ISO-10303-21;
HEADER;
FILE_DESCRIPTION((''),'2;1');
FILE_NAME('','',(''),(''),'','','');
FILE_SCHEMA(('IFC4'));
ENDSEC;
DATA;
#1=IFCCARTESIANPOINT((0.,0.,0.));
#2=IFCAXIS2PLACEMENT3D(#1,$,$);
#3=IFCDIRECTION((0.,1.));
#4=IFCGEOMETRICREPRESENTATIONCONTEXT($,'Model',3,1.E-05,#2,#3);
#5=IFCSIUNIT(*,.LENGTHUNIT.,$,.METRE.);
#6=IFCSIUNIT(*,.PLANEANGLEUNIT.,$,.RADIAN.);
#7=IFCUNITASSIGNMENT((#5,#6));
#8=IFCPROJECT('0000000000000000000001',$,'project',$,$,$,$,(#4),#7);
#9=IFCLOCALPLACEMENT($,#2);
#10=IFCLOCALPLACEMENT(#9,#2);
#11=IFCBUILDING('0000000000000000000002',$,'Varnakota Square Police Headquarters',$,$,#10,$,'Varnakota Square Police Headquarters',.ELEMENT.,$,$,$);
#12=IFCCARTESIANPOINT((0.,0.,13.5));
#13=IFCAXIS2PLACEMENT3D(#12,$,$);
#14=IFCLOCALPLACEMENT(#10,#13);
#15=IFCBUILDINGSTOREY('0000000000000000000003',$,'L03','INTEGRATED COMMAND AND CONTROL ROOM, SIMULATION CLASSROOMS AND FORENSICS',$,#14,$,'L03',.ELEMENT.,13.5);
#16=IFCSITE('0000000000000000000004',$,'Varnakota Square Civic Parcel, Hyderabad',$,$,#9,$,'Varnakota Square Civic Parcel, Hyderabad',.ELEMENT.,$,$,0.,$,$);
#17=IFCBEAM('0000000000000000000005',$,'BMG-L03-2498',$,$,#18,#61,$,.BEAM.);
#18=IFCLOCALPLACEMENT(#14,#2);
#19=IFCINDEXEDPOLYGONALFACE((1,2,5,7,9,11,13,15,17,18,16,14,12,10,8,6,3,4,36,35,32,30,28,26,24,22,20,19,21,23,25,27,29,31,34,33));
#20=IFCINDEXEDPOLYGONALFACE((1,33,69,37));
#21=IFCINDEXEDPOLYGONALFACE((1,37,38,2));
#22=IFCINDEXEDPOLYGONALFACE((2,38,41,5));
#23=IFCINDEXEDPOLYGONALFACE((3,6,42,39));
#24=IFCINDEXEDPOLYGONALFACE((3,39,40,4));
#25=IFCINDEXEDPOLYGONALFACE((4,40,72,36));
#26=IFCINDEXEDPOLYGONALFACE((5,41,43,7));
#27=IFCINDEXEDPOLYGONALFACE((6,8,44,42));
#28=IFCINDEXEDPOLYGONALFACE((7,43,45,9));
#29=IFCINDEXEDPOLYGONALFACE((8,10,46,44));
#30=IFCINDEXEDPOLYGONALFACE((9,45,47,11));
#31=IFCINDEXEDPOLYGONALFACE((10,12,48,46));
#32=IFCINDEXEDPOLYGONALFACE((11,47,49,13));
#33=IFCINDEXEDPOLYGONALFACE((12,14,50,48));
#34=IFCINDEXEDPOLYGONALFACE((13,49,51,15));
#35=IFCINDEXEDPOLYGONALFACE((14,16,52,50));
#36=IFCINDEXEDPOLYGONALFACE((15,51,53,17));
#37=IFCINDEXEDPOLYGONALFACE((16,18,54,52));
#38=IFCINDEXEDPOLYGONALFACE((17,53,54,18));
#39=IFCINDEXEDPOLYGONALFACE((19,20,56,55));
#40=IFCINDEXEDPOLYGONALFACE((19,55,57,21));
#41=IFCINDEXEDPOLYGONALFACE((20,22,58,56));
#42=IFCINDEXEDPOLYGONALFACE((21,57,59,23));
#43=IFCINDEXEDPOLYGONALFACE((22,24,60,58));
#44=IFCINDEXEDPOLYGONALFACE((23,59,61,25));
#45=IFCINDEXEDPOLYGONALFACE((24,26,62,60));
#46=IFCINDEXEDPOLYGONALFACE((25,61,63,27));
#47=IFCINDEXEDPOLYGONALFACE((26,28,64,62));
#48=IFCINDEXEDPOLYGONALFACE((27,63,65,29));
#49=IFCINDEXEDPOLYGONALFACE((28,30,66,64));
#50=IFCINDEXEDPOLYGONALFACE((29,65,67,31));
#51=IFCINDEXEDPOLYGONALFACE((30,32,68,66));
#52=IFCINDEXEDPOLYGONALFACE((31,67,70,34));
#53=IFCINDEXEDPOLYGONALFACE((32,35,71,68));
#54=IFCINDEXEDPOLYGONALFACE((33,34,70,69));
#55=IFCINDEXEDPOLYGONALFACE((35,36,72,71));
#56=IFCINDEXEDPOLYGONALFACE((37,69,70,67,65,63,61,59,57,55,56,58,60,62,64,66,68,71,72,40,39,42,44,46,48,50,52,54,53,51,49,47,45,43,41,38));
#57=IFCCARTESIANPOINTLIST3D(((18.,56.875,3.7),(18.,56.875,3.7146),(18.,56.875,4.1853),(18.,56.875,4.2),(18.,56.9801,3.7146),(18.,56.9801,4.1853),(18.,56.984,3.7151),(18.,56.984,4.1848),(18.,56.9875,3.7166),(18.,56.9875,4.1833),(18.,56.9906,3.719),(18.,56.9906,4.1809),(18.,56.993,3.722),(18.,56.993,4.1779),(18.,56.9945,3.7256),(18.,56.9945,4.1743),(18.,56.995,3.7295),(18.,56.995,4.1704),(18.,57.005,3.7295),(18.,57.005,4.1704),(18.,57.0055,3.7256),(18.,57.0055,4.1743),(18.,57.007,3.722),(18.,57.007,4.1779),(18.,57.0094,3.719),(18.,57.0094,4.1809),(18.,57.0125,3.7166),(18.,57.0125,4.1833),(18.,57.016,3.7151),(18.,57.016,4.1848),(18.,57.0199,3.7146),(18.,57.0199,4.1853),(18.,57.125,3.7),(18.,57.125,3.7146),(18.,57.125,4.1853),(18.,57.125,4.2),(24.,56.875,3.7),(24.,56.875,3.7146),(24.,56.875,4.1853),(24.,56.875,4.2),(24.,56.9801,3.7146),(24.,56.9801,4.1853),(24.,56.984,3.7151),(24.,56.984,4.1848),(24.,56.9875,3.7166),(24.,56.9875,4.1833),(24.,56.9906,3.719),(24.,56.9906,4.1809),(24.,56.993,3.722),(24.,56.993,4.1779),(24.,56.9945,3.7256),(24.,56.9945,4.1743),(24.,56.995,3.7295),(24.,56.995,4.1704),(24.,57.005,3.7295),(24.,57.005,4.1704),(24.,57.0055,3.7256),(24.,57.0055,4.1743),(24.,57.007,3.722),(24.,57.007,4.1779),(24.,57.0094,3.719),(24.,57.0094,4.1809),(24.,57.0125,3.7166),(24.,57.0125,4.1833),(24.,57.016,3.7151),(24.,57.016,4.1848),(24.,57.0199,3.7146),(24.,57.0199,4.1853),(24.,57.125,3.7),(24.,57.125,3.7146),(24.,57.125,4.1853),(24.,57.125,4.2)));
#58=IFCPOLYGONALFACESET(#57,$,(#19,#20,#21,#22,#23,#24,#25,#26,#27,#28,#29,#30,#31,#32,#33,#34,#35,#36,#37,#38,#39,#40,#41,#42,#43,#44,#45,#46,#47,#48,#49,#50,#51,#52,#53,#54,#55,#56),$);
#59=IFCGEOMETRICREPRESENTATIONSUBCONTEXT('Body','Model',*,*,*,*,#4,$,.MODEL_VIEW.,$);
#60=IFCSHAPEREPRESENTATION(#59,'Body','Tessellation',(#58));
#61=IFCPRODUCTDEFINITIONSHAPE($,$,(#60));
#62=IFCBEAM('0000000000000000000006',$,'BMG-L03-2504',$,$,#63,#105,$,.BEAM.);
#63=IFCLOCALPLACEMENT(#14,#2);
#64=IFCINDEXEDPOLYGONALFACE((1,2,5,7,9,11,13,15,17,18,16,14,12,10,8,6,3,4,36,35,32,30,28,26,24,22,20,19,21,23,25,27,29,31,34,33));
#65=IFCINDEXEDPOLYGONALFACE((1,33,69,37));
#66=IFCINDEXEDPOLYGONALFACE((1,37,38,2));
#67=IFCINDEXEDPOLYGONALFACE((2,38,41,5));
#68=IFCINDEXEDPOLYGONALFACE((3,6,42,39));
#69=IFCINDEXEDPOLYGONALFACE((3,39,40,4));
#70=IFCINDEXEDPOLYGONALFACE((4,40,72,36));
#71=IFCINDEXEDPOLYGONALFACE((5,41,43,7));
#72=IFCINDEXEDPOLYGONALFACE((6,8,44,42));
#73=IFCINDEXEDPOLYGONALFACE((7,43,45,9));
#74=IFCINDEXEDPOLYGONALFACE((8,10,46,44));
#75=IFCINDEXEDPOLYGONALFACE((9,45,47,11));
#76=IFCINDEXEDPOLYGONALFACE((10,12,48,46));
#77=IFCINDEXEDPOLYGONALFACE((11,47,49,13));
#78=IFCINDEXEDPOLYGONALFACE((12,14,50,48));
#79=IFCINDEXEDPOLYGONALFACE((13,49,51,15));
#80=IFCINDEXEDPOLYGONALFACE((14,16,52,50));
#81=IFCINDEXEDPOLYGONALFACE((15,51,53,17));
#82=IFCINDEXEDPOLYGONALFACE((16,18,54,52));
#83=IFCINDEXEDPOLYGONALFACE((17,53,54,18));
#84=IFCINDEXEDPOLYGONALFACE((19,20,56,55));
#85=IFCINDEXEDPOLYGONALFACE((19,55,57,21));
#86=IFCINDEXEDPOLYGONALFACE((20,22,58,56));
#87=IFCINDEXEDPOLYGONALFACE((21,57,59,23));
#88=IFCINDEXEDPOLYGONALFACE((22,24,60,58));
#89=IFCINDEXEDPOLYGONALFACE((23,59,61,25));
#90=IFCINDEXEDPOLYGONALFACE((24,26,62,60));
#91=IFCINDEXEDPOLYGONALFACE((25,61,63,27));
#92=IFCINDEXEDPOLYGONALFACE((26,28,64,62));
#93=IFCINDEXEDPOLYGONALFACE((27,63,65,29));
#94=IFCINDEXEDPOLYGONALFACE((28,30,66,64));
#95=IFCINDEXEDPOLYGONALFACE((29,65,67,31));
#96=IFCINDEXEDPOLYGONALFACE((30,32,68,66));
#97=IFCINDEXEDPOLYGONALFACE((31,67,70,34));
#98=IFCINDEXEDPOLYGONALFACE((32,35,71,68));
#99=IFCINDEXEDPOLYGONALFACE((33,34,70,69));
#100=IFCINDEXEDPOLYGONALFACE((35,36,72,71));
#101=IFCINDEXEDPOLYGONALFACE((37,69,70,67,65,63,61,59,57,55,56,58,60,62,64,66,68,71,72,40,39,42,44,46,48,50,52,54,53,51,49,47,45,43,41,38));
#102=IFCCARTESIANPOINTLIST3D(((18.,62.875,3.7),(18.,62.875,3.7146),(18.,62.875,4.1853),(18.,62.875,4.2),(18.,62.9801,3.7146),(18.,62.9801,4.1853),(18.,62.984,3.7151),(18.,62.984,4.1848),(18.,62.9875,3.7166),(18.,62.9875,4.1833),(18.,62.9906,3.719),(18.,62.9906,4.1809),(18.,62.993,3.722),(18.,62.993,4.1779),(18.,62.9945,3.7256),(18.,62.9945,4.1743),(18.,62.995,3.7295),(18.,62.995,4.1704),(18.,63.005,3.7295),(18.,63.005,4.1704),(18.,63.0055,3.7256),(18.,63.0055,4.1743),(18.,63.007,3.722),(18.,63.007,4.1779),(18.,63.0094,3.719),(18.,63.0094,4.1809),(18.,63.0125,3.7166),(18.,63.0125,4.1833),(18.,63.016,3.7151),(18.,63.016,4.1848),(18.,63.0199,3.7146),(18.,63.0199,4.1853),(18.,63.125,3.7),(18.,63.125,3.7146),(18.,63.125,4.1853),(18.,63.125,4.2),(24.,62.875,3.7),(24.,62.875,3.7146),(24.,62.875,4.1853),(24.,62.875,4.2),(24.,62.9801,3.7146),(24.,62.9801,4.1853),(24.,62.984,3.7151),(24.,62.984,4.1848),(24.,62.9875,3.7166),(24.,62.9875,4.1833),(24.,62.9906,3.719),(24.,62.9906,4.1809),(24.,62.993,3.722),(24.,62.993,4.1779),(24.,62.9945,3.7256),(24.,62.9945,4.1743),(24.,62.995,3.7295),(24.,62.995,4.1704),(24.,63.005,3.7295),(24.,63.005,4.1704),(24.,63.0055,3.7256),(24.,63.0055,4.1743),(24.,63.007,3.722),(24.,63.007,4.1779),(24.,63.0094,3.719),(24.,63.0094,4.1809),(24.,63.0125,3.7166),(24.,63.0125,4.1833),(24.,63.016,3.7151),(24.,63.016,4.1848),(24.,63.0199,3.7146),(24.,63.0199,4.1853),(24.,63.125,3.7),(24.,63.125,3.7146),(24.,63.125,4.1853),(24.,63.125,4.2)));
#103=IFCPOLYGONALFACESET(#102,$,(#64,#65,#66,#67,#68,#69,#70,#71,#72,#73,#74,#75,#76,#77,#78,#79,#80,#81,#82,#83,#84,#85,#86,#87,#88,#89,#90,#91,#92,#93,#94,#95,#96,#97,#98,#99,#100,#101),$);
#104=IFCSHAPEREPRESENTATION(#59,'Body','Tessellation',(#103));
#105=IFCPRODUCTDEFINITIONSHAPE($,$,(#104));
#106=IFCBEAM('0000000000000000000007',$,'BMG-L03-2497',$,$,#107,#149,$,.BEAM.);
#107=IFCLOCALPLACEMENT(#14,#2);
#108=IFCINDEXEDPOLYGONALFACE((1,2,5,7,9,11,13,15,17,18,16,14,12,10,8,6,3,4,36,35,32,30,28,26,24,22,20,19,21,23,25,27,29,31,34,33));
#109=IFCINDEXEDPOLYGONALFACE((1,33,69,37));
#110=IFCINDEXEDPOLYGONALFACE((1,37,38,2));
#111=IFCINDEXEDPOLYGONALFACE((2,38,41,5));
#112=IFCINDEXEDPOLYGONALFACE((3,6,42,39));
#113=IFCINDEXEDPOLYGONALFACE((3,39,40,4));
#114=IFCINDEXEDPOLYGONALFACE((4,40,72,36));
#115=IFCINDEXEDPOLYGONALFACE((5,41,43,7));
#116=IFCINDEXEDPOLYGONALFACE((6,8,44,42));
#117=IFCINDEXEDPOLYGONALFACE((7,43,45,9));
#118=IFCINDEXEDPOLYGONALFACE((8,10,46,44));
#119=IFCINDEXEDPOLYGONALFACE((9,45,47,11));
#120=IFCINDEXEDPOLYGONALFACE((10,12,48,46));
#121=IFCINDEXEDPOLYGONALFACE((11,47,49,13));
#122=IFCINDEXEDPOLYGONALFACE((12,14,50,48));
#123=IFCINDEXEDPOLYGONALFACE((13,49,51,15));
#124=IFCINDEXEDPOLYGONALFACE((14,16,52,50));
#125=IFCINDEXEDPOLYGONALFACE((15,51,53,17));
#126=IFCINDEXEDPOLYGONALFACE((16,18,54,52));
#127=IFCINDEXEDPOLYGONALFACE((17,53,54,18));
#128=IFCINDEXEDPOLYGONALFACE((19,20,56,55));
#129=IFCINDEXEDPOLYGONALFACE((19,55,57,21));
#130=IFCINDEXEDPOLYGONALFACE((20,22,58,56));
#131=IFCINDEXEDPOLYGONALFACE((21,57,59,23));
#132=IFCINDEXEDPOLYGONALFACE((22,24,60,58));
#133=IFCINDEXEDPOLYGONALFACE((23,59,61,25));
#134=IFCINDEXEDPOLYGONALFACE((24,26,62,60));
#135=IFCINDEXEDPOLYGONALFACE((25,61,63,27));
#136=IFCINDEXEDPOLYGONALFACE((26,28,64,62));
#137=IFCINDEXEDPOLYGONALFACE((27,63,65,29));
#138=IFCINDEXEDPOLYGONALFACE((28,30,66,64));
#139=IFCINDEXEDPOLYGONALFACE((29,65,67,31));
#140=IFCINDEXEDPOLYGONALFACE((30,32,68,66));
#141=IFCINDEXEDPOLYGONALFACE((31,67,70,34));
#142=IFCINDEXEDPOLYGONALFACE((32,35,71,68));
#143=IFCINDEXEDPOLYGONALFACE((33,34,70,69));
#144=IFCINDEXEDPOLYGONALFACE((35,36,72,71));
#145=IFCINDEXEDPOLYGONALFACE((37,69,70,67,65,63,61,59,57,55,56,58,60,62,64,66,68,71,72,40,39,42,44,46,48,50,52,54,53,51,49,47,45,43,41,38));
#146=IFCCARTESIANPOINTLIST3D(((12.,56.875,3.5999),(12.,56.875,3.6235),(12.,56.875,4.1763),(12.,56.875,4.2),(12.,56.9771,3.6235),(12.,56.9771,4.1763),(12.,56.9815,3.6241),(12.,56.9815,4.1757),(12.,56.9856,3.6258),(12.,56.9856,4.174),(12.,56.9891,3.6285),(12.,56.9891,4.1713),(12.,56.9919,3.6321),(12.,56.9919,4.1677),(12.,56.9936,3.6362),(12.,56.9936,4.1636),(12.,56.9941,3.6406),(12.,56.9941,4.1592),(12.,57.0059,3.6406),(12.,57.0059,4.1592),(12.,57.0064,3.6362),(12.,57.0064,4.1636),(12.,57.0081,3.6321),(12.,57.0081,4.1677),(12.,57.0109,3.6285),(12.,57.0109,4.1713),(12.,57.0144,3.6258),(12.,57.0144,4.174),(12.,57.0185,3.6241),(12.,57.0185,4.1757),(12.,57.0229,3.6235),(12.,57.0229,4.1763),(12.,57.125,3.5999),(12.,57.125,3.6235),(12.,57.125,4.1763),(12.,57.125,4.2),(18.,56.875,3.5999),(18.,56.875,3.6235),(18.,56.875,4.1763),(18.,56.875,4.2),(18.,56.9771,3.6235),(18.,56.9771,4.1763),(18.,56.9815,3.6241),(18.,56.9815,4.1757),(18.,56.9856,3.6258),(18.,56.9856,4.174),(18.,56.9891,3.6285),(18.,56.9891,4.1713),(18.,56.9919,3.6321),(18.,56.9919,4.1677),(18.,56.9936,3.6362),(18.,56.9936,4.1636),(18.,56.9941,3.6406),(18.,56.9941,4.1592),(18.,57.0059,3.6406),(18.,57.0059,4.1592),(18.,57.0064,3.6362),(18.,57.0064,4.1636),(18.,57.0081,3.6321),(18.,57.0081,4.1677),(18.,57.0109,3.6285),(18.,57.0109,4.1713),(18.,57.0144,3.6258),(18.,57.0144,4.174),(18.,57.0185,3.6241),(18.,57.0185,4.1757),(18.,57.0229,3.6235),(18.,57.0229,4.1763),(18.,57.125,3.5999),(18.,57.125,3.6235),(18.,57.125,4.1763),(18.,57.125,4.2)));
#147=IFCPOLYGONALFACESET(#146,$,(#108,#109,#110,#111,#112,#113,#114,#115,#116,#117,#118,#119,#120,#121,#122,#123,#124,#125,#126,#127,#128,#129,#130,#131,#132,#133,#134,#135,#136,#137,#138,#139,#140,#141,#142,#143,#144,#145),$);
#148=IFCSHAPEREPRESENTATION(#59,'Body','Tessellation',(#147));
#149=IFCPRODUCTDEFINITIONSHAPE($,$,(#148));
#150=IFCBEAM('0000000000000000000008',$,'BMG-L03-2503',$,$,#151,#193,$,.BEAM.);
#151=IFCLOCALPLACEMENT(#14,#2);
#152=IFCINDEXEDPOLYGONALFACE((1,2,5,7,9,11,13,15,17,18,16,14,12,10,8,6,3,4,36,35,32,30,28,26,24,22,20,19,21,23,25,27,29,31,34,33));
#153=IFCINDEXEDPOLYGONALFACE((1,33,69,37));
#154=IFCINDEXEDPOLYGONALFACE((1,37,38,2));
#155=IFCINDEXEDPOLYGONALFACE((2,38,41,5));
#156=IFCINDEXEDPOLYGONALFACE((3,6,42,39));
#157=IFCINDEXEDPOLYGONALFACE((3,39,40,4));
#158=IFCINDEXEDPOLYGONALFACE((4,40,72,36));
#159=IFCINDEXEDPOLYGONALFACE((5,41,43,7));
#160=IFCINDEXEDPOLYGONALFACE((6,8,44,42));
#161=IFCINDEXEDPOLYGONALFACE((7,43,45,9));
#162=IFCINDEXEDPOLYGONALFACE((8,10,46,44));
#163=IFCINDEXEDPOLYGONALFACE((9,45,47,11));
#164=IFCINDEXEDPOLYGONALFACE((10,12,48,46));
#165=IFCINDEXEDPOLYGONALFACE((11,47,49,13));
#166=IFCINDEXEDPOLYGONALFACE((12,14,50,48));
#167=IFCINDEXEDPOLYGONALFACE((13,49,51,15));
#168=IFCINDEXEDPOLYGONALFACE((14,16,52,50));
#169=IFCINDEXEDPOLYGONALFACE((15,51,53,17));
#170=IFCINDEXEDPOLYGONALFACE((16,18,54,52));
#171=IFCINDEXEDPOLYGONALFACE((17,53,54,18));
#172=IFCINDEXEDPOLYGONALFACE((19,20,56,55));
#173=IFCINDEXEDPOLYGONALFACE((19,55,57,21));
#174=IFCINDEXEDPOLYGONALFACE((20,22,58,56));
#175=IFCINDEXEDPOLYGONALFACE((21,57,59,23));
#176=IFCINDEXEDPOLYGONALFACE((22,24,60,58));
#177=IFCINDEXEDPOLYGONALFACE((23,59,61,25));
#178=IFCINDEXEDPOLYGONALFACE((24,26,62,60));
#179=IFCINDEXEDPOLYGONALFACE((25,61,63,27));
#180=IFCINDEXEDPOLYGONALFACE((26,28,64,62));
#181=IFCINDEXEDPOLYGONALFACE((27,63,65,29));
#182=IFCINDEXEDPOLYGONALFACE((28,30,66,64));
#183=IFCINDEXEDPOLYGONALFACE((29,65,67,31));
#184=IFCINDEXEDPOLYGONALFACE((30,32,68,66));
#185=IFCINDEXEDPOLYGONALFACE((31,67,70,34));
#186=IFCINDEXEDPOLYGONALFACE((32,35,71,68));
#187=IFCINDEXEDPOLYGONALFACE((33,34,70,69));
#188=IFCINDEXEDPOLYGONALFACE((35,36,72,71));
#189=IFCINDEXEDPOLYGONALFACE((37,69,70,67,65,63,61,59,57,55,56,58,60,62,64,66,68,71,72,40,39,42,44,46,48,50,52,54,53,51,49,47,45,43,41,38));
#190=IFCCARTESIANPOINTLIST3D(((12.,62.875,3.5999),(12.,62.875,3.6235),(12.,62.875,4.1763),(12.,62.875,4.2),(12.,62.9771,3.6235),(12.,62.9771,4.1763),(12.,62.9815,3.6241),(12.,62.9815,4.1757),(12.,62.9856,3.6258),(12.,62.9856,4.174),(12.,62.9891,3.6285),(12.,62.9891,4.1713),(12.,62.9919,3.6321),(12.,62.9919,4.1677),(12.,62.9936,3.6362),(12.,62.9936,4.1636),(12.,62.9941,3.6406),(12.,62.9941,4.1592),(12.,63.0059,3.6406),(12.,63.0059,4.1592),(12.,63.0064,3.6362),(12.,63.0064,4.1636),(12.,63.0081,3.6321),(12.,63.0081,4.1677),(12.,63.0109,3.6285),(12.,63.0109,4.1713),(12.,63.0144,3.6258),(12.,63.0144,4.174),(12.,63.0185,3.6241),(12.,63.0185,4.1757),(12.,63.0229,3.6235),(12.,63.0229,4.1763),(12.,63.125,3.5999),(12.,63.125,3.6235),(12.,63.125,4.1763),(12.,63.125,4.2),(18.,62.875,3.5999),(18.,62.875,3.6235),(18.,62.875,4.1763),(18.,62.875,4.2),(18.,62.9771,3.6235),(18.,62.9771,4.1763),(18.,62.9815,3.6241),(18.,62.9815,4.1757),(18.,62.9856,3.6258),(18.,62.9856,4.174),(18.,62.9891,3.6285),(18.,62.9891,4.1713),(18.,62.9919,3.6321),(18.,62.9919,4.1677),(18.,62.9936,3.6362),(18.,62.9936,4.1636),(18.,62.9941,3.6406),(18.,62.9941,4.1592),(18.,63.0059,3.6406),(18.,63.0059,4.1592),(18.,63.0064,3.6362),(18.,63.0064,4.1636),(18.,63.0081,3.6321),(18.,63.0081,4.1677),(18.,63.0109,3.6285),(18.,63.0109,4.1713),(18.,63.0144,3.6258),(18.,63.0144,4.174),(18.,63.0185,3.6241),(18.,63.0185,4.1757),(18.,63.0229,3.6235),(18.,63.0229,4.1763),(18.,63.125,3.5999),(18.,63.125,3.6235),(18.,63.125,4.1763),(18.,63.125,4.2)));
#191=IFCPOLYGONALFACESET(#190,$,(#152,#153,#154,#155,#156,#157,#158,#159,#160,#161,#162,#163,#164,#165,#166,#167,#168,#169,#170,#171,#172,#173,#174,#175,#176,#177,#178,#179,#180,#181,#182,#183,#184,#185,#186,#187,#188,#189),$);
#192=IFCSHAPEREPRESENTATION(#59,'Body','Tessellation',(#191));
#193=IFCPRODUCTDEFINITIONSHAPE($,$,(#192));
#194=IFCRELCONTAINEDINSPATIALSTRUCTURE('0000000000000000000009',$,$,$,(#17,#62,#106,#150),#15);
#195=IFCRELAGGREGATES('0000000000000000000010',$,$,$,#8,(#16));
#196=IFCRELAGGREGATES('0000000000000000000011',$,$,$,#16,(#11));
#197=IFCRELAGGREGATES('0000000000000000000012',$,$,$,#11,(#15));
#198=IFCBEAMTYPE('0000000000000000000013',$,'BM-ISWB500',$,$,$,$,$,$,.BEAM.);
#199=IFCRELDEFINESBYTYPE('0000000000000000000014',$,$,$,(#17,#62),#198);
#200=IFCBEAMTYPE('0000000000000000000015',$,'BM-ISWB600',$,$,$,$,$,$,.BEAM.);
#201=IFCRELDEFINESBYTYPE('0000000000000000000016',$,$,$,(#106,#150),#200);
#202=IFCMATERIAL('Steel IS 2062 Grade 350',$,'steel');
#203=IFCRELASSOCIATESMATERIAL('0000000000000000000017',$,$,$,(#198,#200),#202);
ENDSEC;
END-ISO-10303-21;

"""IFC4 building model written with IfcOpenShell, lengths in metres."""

from ifc_helpers import new_model, si_unit, direction, frame, origin, origin_2d, place, context, subcontext, project, spatial, i_section, extrude, material, material_profile, profile_set, type_object, element, save


model = new_model("IFC4")

# Units and contexts
model_context = context("Model", 3, precision=1e-05, world=origin(), true_north=direction((0.0, 1.0)))
body_context = subcontext(model_context, "Body", "Model", "MODEL_VIEW")
ifc_project = project(units=[si_unit("LENGTHUNIT", "METRE"), si_unit("PLANEANGLEUNIT", "RADIAN")], contexts=[model_context])

# Site, building, storey
site_placement = place(None, origin())
site = spatial("IfcSite", under=ifc_project, at=site_placement, Name="Varnakota Square Civic Parcel, Hyderabad", LongName="Varnakota Square Civic Parcel, Hyderabad", CompositionType="ELEMENT", RefElevation=0.0)
building_placement = place(site_placement, origin())
building = spatial("IfcBuilding", under=site, at=building_placement, Name="Varnakota Square Police Headquarters", LongName="Varnakota Square Police Headquarters", CompositionType="ELEMENT")
storey_placement = place(building_placement, frame((0.0, 0.0, 13.5)))
storey = spatial("IfcBuildingStorey", under=building, at=storey_placement, Name="L03", Description="INTEGRATED COMMAND AND CONTROL ROOM, SIMULATION CLASSROOMS AND FORENSICS", LongName="L03", CompositionType="ELEMENT", Elevation=13.5)

# Shared definitions
ifc_material_1 = material(Name="Steel IS 2062 Grade 350", Category="steel")

# Beams
ifc_material_profile_1 = material_profile(ifc_material_1, i_section(OverallWidth=0.25, OverallDepth=0.5, WebThickness=0.01, FlangeThickness=0.0146, FilletRadius=0.0149, at=origin_2d()), Name="ISWB 500")
ifc_profile_set_1 = profile_set([ifc_material_profile_1], Name="Steel IS 2062 Grade 350")
beam_type_1 = type_object("IfcBeamType", Name="BM-ISWB500", PredefinedType="BEAM", material=ifc_profile_set_1)
for number, where, z_axis, x_axis, name in (
    (1, (18.0, 57.0, 3.95), (1.0, 0.0, 0.0), (0.0, 1.0, 0.0), "BMG-L03-2498"),
    (2, (18.0, 63.0, 3.95), (1.0, 0.0, 0.0), (0.0, 1.0, 0.0), "BMG-L03-2504"),
):
    element("IfcBeam", number, at=place(storey_placement, frame(where, z_axis=z_axis, x_axis=x_axis)), inside=storey, type_object=beam_type_1, Name=name, PredefinedType="BEAM", context=body_context, shape_type="SweptSolid", body=[
        extrude(i_section(OverallWidth=0.25, OverallDepth=0.5, WebThickness=0.01, FlangeThickness=0.0146, FilletRadius=0.0149, at=origin_2d()), origin(), (0.0, 0.0, 1.0), 6.0),
    ])
ifc_material_profile_2 = material_profile(ifc_material_1, i_section(OverallWidth=0.25, OverallDepth=0.6001, WebThickness=0.0117, FlangeThickness=0.0237, FilletRadius=0.0171, at=origin_2d()), Name="ISWB 600")
ifc_profile_set_2 = profile_set([ifc_material_profile_2], Name="Steel IS 2062 Grade 350")
beam_type_2 = type_object("IfcBeamType", Name="BM-ISWB600", PredefinedType="BEAM", material=ifc_profile_set_2)
for number, where, z_axis, x_axis, name in (
    (3, (12.0, 57.0, 3.8999), (1.0, 0.0, 0.0), (0.0, 1.0, 0.0), "BMG-L03-2497"),
    (4, (12.0, 63.0, 3.8999), (1.0, 0.0, 0.0), (0.0, 1.0, 0.0), "BMG-L03-2503"),
):
    element("IfcBeam", number, at=place(storey_placement, frame(where, z_axis=z_axis, x_axis=x_axis)), inside=storey, type_object=beam_type_2, Name=name, PredefinedType="BEAM", context=body_context, shape_type="SweptSolid", body=[
        extrude(i_section(OverallWidth=0.25, OverallDepth=0.6001, WebThickness=0.0117, FlangeThickness=0.0237, FilletRadius=0.0171, at=origin_2d()), origin(), (0.0, 0.0, 1.0), 6.0),
    ])

save(model, "model.ifc")
